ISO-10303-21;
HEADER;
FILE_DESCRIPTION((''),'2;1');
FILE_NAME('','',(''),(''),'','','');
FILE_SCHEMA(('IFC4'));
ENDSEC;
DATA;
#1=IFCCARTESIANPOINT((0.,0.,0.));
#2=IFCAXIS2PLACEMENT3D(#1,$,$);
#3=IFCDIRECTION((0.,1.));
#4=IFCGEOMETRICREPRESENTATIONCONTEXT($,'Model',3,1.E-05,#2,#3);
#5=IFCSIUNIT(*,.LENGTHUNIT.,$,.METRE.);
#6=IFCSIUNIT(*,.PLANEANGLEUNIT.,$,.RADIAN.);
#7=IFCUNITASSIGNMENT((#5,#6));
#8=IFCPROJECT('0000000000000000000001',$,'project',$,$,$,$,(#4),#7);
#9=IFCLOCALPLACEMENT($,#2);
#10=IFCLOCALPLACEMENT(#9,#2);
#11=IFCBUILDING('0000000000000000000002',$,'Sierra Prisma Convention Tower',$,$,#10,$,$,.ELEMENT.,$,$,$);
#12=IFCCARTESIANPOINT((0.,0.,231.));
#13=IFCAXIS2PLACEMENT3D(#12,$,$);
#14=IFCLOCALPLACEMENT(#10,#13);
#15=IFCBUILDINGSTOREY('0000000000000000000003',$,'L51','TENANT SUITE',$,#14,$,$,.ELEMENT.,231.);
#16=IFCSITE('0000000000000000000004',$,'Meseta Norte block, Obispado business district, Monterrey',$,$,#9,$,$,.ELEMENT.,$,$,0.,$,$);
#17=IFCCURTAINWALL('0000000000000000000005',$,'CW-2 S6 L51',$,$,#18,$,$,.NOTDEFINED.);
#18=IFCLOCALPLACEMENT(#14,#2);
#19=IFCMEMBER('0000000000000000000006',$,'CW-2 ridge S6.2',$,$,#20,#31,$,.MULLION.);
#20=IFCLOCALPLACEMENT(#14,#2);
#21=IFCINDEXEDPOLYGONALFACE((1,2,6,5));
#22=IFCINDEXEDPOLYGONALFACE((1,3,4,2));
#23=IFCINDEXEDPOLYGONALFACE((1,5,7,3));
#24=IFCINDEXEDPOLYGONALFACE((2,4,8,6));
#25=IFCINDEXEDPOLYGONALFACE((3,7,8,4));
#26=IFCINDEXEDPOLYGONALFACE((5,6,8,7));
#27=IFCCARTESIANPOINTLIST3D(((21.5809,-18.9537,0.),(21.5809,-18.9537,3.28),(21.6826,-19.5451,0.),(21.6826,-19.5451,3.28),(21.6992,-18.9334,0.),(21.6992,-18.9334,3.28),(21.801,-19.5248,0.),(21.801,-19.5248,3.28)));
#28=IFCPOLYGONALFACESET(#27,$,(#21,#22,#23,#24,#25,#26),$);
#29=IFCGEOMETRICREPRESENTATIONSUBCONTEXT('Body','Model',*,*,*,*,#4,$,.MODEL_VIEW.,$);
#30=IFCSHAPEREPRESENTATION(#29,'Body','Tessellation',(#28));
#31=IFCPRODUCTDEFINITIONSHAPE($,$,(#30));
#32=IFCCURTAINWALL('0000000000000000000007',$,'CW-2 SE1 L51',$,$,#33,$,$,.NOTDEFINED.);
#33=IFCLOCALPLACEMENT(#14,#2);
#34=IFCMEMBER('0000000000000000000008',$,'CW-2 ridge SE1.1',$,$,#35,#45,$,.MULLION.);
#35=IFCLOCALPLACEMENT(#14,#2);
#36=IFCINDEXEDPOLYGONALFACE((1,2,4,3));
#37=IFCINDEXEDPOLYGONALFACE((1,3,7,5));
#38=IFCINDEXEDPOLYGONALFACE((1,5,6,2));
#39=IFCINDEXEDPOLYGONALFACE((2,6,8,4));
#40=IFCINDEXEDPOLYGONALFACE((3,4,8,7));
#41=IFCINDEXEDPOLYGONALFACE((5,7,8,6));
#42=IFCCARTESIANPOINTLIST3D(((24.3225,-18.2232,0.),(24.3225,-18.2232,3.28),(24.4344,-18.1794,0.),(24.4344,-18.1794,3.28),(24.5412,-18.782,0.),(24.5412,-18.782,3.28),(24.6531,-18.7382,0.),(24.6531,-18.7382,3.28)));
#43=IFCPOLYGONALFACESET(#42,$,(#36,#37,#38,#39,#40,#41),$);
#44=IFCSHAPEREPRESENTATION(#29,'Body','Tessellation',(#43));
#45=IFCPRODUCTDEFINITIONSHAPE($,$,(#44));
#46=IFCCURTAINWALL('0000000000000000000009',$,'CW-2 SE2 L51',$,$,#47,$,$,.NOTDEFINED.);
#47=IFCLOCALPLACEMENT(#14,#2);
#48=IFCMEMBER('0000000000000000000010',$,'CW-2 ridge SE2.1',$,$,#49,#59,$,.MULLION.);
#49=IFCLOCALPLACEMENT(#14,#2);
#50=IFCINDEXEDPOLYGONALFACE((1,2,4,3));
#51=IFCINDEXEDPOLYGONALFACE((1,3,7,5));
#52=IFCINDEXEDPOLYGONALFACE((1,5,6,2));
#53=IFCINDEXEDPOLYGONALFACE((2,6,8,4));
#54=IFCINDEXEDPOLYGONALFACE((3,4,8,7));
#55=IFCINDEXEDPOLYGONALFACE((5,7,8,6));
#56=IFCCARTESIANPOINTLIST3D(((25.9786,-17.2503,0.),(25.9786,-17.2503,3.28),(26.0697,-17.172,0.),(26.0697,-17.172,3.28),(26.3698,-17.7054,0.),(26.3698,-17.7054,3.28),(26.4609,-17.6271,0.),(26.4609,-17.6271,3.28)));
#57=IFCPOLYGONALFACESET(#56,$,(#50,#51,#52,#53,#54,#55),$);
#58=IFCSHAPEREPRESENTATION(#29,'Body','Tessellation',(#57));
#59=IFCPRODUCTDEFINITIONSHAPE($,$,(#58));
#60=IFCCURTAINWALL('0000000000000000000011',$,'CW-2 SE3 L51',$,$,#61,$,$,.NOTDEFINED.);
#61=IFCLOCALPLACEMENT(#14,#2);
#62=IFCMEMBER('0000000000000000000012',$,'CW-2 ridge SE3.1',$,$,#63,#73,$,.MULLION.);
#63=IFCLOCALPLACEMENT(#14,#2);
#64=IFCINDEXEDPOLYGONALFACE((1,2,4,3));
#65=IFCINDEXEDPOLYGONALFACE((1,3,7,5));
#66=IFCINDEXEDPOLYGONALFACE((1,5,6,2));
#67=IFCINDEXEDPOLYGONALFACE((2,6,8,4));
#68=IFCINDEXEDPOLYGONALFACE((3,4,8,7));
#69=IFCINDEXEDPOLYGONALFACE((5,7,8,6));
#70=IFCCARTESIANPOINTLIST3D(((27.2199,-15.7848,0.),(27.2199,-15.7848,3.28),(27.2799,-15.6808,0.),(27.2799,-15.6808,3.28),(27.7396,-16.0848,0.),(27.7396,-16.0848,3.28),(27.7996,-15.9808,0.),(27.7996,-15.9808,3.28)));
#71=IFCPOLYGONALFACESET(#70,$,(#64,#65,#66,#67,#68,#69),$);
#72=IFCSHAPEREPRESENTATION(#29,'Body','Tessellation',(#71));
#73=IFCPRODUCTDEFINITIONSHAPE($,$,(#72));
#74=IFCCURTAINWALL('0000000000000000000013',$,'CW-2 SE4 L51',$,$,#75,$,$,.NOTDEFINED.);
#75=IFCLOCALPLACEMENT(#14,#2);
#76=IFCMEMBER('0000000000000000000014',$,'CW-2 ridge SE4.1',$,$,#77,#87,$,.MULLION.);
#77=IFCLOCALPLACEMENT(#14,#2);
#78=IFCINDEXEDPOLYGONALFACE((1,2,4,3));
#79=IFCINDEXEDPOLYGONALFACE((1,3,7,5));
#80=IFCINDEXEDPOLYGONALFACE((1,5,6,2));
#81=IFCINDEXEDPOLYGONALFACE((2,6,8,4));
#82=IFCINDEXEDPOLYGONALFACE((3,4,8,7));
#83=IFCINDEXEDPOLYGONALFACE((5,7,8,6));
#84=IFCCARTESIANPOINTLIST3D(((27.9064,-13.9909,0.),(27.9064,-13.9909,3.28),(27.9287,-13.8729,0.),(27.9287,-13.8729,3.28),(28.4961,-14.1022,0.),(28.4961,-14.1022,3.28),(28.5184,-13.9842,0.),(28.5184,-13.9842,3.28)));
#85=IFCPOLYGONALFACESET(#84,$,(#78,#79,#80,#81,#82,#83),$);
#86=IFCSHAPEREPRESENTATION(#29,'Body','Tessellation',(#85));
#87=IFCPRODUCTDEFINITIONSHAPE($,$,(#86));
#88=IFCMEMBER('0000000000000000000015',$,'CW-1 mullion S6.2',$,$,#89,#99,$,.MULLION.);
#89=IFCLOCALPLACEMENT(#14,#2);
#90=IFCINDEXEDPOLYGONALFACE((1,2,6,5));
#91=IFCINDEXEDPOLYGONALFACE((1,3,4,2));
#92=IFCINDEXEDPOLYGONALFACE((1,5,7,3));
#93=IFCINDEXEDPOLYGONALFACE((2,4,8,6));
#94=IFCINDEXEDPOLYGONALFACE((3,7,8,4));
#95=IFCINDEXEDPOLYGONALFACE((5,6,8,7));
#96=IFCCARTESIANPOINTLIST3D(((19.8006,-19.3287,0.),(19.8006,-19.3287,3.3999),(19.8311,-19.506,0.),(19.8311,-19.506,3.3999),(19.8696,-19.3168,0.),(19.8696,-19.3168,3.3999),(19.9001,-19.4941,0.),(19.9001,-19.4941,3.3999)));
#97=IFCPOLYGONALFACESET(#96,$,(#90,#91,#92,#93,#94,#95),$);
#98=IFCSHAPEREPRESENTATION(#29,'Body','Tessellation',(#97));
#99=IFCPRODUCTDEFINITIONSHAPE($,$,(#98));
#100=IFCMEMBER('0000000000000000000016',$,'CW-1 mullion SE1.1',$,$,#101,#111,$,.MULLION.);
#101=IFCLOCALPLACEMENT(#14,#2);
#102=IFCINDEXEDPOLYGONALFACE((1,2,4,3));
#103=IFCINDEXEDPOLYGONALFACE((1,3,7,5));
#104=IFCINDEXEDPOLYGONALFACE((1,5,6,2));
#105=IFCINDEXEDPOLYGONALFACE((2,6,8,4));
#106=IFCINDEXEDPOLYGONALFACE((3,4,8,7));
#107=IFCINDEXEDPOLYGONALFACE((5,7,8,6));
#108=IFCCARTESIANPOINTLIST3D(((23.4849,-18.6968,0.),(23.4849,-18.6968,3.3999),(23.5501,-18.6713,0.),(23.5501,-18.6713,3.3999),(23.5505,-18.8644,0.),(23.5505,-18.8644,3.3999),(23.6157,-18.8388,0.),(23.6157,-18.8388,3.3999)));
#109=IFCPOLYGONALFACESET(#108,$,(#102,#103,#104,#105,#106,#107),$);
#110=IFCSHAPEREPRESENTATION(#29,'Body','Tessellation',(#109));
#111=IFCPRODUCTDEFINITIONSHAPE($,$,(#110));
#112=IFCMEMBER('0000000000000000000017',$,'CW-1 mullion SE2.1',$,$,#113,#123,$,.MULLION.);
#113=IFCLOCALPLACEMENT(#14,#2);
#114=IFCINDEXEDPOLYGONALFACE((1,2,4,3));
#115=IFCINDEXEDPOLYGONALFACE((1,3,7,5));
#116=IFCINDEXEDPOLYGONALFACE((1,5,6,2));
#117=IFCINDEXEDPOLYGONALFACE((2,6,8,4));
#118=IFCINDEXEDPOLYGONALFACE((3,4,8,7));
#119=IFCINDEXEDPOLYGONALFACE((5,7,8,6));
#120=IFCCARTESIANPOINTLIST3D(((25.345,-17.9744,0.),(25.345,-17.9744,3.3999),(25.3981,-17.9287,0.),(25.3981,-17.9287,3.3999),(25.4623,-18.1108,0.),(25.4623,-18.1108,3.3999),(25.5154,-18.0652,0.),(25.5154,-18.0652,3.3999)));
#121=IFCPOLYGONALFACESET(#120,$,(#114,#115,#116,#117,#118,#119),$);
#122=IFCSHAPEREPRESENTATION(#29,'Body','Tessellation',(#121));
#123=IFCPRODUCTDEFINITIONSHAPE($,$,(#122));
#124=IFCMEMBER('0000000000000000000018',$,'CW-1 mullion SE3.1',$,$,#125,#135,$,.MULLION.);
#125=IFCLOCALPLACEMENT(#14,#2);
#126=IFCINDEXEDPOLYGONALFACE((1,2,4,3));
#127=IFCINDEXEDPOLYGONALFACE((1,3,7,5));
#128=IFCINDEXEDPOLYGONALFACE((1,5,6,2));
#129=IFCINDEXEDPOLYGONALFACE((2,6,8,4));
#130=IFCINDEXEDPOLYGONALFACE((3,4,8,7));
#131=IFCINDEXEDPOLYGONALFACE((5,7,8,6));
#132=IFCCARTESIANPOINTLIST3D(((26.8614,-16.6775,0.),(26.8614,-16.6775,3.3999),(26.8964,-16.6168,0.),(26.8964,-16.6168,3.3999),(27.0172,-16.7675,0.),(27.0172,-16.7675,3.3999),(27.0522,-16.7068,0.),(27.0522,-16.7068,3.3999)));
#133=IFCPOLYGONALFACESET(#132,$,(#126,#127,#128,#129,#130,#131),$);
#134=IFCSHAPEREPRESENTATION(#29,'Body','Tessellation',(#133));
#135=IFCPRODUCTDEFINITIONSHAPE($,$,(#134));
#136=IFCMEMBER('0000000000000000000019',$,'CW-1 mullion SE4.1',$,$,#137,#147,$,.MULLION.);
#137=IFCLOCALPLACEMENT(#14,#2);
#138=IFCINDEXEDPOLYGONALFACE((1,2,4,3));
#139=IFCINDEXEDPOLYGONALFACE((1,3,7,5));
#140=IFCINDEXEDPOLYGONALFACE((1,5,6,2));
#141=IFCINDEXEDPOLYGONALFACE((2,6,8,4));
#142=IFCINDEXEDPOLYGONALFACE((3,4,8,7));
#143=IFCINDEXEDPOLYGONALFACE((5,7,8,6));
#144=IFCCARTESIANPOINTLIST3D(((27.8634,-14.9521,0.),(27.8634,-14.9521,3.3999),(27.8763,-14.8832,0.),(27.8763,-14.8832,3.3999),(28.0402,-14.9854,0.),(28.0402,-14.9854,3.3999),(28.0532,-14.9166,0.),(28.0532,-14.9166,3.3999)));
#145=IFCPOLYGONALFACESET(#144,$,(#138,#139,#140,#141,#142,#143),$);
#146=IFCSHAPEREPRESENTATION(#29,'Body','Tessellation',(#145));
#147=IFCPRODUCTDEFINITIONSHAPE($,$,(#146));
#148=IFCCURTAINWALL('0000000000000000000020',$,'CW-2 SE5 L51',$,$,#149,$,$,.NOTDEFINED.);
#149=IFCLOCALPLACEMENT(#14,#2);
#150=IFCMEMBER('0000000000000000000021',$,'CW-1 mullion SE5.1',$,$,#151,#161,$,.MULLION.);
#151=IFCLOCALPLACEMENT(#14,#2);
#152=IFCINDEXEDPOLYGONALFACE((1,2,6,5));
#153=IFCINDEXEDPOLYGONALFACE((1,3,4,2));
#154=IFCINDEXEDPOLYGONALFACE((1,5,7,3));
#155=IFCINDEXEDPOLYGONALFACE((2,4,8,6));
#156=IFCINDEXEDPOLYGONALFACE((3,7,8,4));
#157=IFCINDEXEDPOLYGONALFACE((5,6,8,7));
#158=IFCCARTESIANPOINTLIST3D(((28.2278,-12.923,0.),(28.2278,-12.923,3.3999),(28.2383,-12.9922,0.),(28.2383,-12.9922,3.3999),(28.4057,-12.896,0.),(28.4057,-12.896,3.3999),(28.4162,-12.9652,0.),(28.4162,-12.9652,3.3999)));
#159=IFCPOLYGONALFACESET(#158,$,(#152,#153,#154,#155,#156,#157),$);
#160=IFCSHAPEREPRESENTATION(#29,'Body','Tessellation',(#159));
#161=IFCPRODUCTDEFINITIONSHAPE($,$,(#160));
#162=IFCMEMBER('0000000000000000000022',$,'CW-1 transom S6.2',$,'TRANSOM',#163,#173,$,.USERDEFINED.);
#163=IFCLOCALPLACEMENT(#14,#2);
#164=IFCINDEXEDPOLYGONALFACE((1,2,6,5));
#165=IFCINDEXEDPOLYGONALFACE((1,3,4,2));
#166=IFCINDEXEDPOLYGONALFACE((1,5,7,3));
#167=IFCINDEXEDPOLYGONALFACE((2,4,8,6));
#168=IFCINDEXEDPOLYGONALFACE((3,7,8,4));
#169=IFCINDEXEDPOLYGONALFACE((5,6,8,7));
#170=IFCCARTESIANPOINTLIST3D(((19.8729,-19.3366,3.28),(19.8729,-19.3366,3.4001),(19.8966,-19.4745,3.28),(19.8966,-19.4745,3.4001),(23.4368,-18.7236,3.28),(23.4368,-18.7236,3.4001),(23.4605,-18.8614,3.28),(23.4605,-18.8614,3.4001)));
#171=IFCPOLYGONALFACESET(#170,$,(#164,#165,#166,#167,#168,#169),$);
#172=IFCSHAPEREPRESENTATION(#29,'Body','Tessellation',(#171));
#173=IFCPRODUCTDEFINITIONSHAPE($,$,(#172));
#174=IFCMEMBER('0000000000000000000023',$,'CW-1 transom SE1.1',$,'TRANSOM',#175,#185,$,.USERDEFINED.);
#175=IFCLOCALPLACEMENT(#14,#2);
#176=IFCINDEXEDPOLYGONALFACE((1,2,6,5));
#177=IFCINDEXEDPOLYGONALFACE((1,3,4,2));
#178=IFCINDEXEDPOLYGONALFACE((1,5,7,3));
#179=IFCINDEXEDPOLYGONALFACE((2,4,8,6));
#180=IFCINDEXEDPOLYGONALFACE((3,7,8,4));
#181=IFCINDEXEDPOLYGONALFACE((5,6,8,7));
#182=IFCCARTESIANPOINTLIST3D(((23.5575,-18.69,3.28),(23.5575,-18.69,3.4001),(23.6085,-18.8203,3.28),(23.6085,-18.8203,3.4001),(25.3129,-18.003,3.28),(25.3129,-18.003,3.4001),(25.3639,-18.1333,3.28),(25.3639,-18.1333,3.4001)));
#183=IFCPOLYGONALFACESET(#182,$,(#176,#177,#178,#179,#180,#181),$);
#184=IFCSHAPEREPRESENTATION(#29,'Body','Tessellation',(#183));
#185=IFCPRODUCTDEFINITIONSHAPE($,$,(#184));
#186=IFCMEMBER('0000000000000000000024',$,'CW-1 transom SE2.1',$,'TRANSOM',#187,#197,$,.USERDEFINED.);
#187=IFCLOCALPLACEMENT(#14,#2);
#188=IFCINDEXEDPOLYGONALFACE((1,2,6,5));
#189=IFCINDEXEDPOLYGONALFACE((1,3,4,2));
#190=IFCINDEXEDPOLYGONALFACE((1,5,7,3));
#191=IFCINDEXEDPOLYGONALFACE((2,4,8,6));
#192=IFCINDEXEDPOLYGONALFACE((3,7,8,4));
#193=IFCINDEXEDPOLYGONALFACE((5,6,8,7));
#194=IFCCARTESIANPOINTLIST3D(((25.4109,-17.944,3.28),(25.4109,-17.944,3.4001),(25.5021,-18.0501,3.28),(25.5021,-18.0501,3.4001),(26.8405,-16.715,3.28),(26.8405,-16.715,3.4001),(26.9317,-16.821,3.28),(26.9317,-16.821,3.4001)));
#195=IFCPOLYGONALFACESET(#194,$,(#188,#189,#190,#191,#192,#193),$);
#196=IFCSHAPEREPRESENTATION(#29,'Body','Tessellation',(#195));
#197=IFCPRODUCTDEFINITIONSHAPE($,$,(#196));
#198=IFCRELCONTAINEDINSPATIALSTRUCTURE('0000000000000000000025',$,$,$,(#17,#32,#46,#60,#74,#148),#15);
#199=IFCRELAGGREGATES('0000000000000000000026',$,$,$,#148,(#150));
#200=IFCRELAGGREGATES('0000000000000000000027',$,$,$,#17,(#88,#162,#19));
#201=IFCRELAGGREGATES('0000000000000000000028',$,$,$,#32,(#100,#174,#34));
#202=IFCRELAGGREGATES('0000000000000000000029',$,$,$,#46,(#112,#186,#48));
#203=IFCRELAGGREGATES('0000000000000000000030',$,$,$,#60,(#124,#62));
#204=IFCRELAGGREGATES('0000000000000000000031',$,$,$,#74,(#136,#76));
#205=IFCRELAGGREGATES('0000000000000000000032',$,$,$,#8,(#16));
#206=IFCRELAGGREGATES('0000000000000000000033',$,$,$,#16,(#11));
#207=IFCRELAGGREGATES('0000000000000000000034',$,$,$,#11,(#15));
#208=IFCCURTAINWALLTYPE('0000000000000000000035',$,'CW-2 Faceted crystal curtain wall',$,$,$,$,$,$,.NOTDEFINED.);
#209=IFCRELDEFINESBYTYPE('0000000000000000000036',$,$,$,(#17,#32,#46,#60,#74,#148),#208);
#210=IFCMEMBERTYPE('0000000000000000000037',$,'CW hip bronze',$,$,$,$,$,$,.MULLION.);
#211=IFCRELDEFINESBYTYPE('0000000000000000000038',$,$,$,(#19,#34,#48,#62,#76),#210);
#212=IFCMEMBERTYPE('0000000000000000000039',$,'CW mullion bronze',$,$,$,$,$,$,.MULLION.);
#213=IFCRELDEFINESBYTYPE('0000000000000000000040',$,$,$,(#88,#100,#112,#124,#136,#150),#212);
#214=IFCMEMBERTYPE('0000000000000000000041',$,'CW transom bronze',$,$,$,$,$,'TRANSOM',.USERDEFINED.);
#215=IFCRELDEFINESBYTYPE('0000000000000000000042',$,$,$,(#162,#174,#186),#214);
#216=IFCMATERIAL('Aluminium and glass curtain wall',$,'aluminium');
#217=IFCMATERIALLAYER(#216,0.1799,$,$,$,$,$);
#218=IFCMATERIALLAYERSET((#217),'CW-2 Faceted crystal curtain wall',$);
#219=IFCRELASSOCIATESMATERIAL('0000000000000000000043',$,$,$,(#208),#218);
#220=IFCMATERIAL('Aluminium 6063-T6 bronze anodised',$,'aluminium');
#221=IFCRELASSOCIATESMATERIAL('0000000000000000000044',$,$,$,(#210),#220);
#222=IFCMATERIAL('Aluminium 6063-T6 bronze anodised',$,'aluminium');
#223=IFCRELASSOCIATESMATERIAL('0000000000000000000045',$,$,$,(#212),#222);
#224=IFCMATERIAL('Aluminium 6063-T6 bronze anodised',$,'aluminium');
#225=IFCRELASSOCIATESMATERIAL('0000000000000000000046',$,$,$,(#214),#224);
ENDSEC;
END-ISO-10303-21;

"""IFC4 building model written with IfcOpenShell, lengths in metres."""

from ifc_helpers import new_model, si_unit, direction, frame, origin, origin_2d, place, context, subcontext, project, spatial, rectangle, extrude, material, layer, layer_set, material_profile, profile_set, type_object, element, aggregate, save


model = new_model("IFC4")

# Units and contexts
model_context = context("Model", 3, precision=1e-05, world=origin(), true_north=direction((0.0, 1.0)))
body_context = subcontext(model_context, "Body", "Model", "MODEL_VIEW")
ifc_project = project(units=[si_unit("LENGTHUNIT", "METRE"), si_unit("PLANEANGLEUNIT", "RADIAN")], contexts=[model_context])

# Site, building, storey
site_placement = place(None, origin())
site = spatial("IfcSite", under=ifc_project, at=site_placement, Name="Meseta Norte block, Obispado business district, Monterrey", CompositionType="ELEMENT", RefElevation=0.0)
building_placement = place(site_placement, origin())
building = spatial("IfcBuilding", under=site, at=building_placement, Name="Sierra Prisma Convention Tower", CompositionType="ELEMENT")
storey_placement = place(building_placement, frame((0.0, 0.0, 231.0)))
storey = spatial("IfcBuildingStorey", under=building, at=storey_placement, Name="L51", Description="TENANT SUITE", CompositionType="ELEMENT", Elevation=231.0)

# Curtain walls, members
ifc_material_1 = material(Name="Aluminium and glass curtain wall", Category="aluminium")
ifc_layer_1 = layer(ifc_material_1, 0.1799)
ifc_layer_set_1 = layer_set([ifc_layer_1], Name="CW-2 Faceted crystal curtain wall")
curtain_wall_type = type_object("IfcCurtainWallType", Name="CW-2 Faceted crystal curtain wall", PredefinedType="NOTDEFINED", material=ifc_layer_set_1)
curtain_wall_1_placement = place(storey_placement, origin())
curtain_wall_1 = element("IfcCurtainWall", 1, at=curtain_wall_1_placement, inside=storey, type_object=curtain_wall_type, Name="CW-2 S6 L51", PredefinedType="NOTDEFINED")
ifc_material_2 = material(Name="Aluminium 6063-T6 bronze anodised", Category="aluminium")
ifc_material_profile_1 = material_profile(ifc_material_2, rectangle(XDim=0.1201, YDim=0.6001, at=origin_2d()), Name="ALU RIDGE BLADE 120x600")
ifc_profile_set_1 = profile_set([ifc_material_profile_1], Name="Aluminium 6063-T6 bronze anodised")
member_type_1 = type_object("IfcMemberType", Name="CW hip bronze", PredefinedType="MULLION", material=ifc_profile_set_1)
member_1_placement = place(storey_placement, frame((21.6909, -19.2393, 0.0), z_axis=(0.0, 0.0, 1.0), x_axis=(0.985524, 0.169537, 0.0)))
member_1 = element("IfcMember", 2, at=member_1_placement, type_object=member_type_1, Name="CW-2 ridge S6.2", PredefinedType="MULLION", context=body_context, shape_type="SweptSolid", body=[
    extrude(rectangle(XDim=0.1201, YDim=0.6001, at=origin_2d()), origin(), (0.0, 0.0, 1.0), 3.28),
])
curtain_wall_2_placement = place(storey_placement, origin())
curtain_wall_2 = element("IfcCurtainWall", 3, at=curtain_wall_2_placement, inside=storey, type_object=curtain_wall_type, Name="CW-2 SE1 L51", PredefinedType="NOTDEFINED")
member_2_placement = place(storey_placement, frame((24.4878, -18.4807, 0.0), z_axis=(0.0, 0.0, 1.0), x_axis=(0.931244, 0.364396, 0.0)))
member_2 = element("IfcMember", 4, at=member_2_placement, type_object=member_type_1, Name="CW-2 ridge SE1.1", PredefinedType="MULLION", context=body_context, shape_type="SweptSolid", body=[
    extrude(rectangle(XDim=0.1201, YDim=0.6001, at=origin_2d()), origin(), (0.0, 0.0, 1.0), 3.28),
])
curtain_wall_3_placement = place(storey_placement, origin())
curtain_wall_3 = element("IfcCurtainWall", 5, at=curtain_wall_3_placement, inside=storey, type_object=curtain_wall_type, Name="CW-2 SE2 L51", PredefinedType="NOTDEFINED")
member_3_placement = place(storey_placement, frame((26.2197, -17.4387, 0.0), z_axis=(0.0, 0.0, 1.0), x_axis=(0.758302, 0.651903, 0.0)))
member_3 = element("IfcMember", 6, at=member_3_placement, type_object=member_type_1, Name="CW-2 ridge SE2.1", PredefinedType="MULLION", context=body_context, shape_type="SweptSolid", body=[
    extrude(rectangle(XDim=0.1201, YDim=0.6001, at=origin_2d()), origin(), (0.0, 0.0, 1.0), 3.28),
])
curtain_wall_4_placement = place(storey_placement, origin())
curtain_wall_4 = element("IfcCurtainWall", 7, at=curtain_wall_4_placement, inside=storey, type_object=curtain_wall_type, Name="CW-2 SE3 L51", PredefinedType="NOTDEFINED")
member_4_placement = place(storey_placement, frame((27.5098, -15.8828, 0.0), z_axis=(0.0, 0.0, 1.0), x_axis=(0.5, 0.866025, 0.0)))
member_4 = element("IfcMember", 8, at=member_4_placement, type_object=member_type_1, Name="CW-2 ridge SE3.1", PredefinedType="MULLION", context=body_context, shape_type="SweptSolid", body=[
    extrude(rectangle(XDim=0.1201, YDim=0.6001, at=origin_2d()), origin(), (0.0, 0.0, 1.0), 3.28),
])
curtain_wall_5_placement = place(storey_placement, origin())
curtain_wall_5 = element("IfcCurtainWall", 9, at=curtain_wall_5_placement, inside=storey, type_object=curtain_wall_type, Name="CW-2 SE4 L51", PredefinedType="NOTDEFINED")
member_5_placement = place(storey_placement, frame((28.2124, -13.9875, 0.0), z_axis=(0.0, 0.0, 1.0), x_axis=(0.185413, 0.982661, 0.0)))
member_5 = element("IfcMember", 10, at=member_5_placement, type_object=member_type_1, Name="CW-2 ridge SE4.1", PredefinedType="MULLION", context=body_context, shape_type="SweptSolid", body=[
    extrude(rectangle(XDim=0.1201, YDim=0.6001, at=origin_2d()), origin(), (0.0, 0.0, 1.0), 3.28),
])

# Members
ifc_material_3 = material(Name="Aluminium 6063-T6 bronze anodised", Category="aluminium")
ifc_material_profile_2 = material_profile(ifc_material_3, rectangle(XDim=0.1799, YDim=0.0701, at=origin_2d()), Name="ALU MULLION 70x180")
ifc_profile_set_2 = profile_set([ifc_material_profile_2], Name="Aluminium 6063-T6 bronze anodised")
member_type_2 = type_object("IfcMemberType", Name="CW mullion bronze", PredefinedType="MULLION", material=ifc_profile_set_2)
member_6_placement = place(storey_placement, frame((19.8503, -19.4114, 0.0), z_axis=(0.0, 0.0, 1.0), x_axis=(-0.169537, 0.985524, 0.0)))
member_6 = element("IfcMember", 11, at=member_6_placement, type_object=member_type_2, Name="CW-1 mullion S6.2", PredefinedType="MULLION", context=body_context, shape_type="SweptSolid", body=[
    extrude(rectangle(XDim=0.1799, YDim=0.0701, at=origin_2d()), origin(), (0.0, 0.0, 1.0), 3.3999),
])
member_7_placement = place(storey_placement, frame((23.5503, -18.7678, 0.0), z_axis=(0.0, 0.0, 1.0), x_axis=(-0.364396, 0.931244, 0.0)))
member_7 = element("IfcMember", 12, at=member_7_placement, type_object=member_type_2, Name="CW-1 mullion SE1.1", PredefinedType="MULLION", context=body_context, shape_type="SweptSolid", body=[
    extrude(rectangle(XDim=0.1799, YDim=0.0701, at=origin_2d()), origin(), (0.0, 0.0, 1.0), 3.3999),
])
member_8_placement = place(storey_placement, frame((25.4302, -18.0198, 0.0), z_axis=(0.0, 0.0, 1.0), x_axis=(-0.651903, 0.758302, 0.0)))
member_8 = element("IfcMember", 13, at=member_8_placement, type_object=member_type_2, Name="CW-1 mullion SE2.1", PredefinedType="MULLION", context=body_context, shape_type="SweptSolid", body=[
    extrude(rectangle(XDim=0.1799, YDim=0.0701, at=origin_2d()), origin(), (0.0, 0.0, 1.0), 3.3999),
])
member_9_placement = place(storey_placement, frame((26.9568, -16.6921, 0.0), z_axis=(0.0, 0.0, 1.0), x_axis=(-0.866025, 0.5, 0.0)))
member_9 = element("IfcMember", 14, at=member_9_placement, type_object=member_type_2, Name="CW-1 mullion SE3.1", PredefinedType="MULLION", context=body_context, shape_type="SweptSolid", body=[
    extrude(rectangle(XDim=0.1799, YDim=0.0701, at=origin_2d()), origin(), (0.0, 0.0, 1.0), 3.3999),
])
member_10_placement = place(storey_placement, frame((27.9583, -14.9343, 0.0), z_axis=(0.0, 0.0, 1.0), x_axis=(-0.982661, 0.185413, 0.0)))
member_10 = element("IfcMember", 15, at=member_10_placement, type_object=member_type_2, Name="CW-1 mullion SE4.1", PredefinedType="MULLION", context=body_context, shape_type="SweptSolid", body=[
    extrude(rectangle(XDim=0.1799, YDim=0.0701, at=origin_2d()), origin(), (0.0, 0.0, 1.0), 3.3999),
])

# Curtain wall, member
curtain_wall_6_placement = place(storey_placement, origin())
curtain_wall_6 = element("IfcCurtainWall", 16, at=curtain_wall_6_placement, inside=storey, type_object=curtain_wall_type, Name="CW-2 SE5 L51", PredefinedType="NOTDEFINED")
member_11_placement = place(storey_placement, frame((28.322, -12.9441, 0.0), z_axis=(0.0, 0.0, 1.0), x_axis=(-0.988679, -0.150045, 0.0)))
member_11 = element("IfcMember", 17, at=member_11_placement, type_object=member_type_2, Name="CW-1 mullion SE5.1", PredefinedType="MULLION", context=body_context, shape_type="SweptSolid", body=[
    extrude(rectangle(XDim=0.1799, YDim=0.0701, at=origin_2d()), origin(), (0.0, 0.0, 1.0), 3.3999),
])
aggregate(curtain_wall_6, [member_11])

# Members
ifc_material_4 = material(Name="Aluminium 6063-T6 bronze anodised", Category="aluminium")
ifc_material_profile_3 = material_profile(ifc_material_4, rectangle(XDim=0.1399, YDim=0.1201, at=origin_2d()), Name="ALU TRANSOM 120x140")
ifc_profile_set_3 = profile_set([ifc_material_profile_3], Name="Aluminium 6063-T6 bronze anodised")
member_type_3 = type_object("IfcMemberType", Name="CW transom bronze", ElementType="TRANSOM", PredefinedType="USERDEFINED", material=ifc_profile_set_3)
member_12_placement = place(storey_placement, frame((19.8848, -19.4055, 3.3401), z_axis=(0.985527, 0.16952, 0.0), x_axis=(-0.16952, 0.985527, 0.0)))
member_12 = element("IfcMember", 18, at=member_12_placement, type_object=member_type_3, Name="CW-1 transom S6.2", ObjectType="TRANSOM", PredefinedType="USERDEFINED", context=body_context, shape_type="SweptSolid", body=[
    extrude(rectangle(XDim=0.1399, YDim=0.1201, at=origin_2d()), origin(), (0.0, 0.0, 1.0), 3.6162),
])
member_13_placement = place(storey_placement, frame((23.583, -18.7551, 3.3401), z_axis=(0.93122, 0.364458, 0.0), x_axis=(-0.364458, 0.93122, 0.0)))
member_13 = element("IfcMember", 19, at=member_13_placement, type_object=member_type_3, Name="CW-1 transom SE1.1", ObjectType="TRANSOM", PredefinedType="USERDEFINED", context=body_context, shape_type="SweptSolid", body=[
    extrude(rectangle(XDim=0.1399, YDim=0.1201, at=origin_2d()), origin(), (0.0, 0.0, 1.0), 1.885),
])
member_14_placement = place(storey_placement, frame((25.4565, -17.9971, 3.3401), z_axis=(0.758268, 0.651942, 0.0), x_axis=(-0.651942, 0.758268, 0.0)))
member_14 = element("IfcMember", 20, at=member_14_placement, type_object=member_type_3, Name="CW-1 transom SE2.1", ObjectType="TRANSOM", PredefinedType="USERDEFINED", context=body_context, shape_type="SweptSolid", body=[
    extrude(rectangle(XDim=0.1399, YDim=0.1201, at=origin_2d()), origin(), (0.0, 0.0, 1.0), 1.8853),
])

aggregate(curtain_wall_1, [member_6, member_12, member_1])
aggregate(curtain_wall_2, [member_7, member_13, member_2])
aggregate(curtain_wall_3, [member_8, member_14, member_3])
aggregate(curtain_wall_4, [member_9, member_4])
aggregate(curtain_wall_5, [member_10, member_5])

save(model, "model.ifc")
